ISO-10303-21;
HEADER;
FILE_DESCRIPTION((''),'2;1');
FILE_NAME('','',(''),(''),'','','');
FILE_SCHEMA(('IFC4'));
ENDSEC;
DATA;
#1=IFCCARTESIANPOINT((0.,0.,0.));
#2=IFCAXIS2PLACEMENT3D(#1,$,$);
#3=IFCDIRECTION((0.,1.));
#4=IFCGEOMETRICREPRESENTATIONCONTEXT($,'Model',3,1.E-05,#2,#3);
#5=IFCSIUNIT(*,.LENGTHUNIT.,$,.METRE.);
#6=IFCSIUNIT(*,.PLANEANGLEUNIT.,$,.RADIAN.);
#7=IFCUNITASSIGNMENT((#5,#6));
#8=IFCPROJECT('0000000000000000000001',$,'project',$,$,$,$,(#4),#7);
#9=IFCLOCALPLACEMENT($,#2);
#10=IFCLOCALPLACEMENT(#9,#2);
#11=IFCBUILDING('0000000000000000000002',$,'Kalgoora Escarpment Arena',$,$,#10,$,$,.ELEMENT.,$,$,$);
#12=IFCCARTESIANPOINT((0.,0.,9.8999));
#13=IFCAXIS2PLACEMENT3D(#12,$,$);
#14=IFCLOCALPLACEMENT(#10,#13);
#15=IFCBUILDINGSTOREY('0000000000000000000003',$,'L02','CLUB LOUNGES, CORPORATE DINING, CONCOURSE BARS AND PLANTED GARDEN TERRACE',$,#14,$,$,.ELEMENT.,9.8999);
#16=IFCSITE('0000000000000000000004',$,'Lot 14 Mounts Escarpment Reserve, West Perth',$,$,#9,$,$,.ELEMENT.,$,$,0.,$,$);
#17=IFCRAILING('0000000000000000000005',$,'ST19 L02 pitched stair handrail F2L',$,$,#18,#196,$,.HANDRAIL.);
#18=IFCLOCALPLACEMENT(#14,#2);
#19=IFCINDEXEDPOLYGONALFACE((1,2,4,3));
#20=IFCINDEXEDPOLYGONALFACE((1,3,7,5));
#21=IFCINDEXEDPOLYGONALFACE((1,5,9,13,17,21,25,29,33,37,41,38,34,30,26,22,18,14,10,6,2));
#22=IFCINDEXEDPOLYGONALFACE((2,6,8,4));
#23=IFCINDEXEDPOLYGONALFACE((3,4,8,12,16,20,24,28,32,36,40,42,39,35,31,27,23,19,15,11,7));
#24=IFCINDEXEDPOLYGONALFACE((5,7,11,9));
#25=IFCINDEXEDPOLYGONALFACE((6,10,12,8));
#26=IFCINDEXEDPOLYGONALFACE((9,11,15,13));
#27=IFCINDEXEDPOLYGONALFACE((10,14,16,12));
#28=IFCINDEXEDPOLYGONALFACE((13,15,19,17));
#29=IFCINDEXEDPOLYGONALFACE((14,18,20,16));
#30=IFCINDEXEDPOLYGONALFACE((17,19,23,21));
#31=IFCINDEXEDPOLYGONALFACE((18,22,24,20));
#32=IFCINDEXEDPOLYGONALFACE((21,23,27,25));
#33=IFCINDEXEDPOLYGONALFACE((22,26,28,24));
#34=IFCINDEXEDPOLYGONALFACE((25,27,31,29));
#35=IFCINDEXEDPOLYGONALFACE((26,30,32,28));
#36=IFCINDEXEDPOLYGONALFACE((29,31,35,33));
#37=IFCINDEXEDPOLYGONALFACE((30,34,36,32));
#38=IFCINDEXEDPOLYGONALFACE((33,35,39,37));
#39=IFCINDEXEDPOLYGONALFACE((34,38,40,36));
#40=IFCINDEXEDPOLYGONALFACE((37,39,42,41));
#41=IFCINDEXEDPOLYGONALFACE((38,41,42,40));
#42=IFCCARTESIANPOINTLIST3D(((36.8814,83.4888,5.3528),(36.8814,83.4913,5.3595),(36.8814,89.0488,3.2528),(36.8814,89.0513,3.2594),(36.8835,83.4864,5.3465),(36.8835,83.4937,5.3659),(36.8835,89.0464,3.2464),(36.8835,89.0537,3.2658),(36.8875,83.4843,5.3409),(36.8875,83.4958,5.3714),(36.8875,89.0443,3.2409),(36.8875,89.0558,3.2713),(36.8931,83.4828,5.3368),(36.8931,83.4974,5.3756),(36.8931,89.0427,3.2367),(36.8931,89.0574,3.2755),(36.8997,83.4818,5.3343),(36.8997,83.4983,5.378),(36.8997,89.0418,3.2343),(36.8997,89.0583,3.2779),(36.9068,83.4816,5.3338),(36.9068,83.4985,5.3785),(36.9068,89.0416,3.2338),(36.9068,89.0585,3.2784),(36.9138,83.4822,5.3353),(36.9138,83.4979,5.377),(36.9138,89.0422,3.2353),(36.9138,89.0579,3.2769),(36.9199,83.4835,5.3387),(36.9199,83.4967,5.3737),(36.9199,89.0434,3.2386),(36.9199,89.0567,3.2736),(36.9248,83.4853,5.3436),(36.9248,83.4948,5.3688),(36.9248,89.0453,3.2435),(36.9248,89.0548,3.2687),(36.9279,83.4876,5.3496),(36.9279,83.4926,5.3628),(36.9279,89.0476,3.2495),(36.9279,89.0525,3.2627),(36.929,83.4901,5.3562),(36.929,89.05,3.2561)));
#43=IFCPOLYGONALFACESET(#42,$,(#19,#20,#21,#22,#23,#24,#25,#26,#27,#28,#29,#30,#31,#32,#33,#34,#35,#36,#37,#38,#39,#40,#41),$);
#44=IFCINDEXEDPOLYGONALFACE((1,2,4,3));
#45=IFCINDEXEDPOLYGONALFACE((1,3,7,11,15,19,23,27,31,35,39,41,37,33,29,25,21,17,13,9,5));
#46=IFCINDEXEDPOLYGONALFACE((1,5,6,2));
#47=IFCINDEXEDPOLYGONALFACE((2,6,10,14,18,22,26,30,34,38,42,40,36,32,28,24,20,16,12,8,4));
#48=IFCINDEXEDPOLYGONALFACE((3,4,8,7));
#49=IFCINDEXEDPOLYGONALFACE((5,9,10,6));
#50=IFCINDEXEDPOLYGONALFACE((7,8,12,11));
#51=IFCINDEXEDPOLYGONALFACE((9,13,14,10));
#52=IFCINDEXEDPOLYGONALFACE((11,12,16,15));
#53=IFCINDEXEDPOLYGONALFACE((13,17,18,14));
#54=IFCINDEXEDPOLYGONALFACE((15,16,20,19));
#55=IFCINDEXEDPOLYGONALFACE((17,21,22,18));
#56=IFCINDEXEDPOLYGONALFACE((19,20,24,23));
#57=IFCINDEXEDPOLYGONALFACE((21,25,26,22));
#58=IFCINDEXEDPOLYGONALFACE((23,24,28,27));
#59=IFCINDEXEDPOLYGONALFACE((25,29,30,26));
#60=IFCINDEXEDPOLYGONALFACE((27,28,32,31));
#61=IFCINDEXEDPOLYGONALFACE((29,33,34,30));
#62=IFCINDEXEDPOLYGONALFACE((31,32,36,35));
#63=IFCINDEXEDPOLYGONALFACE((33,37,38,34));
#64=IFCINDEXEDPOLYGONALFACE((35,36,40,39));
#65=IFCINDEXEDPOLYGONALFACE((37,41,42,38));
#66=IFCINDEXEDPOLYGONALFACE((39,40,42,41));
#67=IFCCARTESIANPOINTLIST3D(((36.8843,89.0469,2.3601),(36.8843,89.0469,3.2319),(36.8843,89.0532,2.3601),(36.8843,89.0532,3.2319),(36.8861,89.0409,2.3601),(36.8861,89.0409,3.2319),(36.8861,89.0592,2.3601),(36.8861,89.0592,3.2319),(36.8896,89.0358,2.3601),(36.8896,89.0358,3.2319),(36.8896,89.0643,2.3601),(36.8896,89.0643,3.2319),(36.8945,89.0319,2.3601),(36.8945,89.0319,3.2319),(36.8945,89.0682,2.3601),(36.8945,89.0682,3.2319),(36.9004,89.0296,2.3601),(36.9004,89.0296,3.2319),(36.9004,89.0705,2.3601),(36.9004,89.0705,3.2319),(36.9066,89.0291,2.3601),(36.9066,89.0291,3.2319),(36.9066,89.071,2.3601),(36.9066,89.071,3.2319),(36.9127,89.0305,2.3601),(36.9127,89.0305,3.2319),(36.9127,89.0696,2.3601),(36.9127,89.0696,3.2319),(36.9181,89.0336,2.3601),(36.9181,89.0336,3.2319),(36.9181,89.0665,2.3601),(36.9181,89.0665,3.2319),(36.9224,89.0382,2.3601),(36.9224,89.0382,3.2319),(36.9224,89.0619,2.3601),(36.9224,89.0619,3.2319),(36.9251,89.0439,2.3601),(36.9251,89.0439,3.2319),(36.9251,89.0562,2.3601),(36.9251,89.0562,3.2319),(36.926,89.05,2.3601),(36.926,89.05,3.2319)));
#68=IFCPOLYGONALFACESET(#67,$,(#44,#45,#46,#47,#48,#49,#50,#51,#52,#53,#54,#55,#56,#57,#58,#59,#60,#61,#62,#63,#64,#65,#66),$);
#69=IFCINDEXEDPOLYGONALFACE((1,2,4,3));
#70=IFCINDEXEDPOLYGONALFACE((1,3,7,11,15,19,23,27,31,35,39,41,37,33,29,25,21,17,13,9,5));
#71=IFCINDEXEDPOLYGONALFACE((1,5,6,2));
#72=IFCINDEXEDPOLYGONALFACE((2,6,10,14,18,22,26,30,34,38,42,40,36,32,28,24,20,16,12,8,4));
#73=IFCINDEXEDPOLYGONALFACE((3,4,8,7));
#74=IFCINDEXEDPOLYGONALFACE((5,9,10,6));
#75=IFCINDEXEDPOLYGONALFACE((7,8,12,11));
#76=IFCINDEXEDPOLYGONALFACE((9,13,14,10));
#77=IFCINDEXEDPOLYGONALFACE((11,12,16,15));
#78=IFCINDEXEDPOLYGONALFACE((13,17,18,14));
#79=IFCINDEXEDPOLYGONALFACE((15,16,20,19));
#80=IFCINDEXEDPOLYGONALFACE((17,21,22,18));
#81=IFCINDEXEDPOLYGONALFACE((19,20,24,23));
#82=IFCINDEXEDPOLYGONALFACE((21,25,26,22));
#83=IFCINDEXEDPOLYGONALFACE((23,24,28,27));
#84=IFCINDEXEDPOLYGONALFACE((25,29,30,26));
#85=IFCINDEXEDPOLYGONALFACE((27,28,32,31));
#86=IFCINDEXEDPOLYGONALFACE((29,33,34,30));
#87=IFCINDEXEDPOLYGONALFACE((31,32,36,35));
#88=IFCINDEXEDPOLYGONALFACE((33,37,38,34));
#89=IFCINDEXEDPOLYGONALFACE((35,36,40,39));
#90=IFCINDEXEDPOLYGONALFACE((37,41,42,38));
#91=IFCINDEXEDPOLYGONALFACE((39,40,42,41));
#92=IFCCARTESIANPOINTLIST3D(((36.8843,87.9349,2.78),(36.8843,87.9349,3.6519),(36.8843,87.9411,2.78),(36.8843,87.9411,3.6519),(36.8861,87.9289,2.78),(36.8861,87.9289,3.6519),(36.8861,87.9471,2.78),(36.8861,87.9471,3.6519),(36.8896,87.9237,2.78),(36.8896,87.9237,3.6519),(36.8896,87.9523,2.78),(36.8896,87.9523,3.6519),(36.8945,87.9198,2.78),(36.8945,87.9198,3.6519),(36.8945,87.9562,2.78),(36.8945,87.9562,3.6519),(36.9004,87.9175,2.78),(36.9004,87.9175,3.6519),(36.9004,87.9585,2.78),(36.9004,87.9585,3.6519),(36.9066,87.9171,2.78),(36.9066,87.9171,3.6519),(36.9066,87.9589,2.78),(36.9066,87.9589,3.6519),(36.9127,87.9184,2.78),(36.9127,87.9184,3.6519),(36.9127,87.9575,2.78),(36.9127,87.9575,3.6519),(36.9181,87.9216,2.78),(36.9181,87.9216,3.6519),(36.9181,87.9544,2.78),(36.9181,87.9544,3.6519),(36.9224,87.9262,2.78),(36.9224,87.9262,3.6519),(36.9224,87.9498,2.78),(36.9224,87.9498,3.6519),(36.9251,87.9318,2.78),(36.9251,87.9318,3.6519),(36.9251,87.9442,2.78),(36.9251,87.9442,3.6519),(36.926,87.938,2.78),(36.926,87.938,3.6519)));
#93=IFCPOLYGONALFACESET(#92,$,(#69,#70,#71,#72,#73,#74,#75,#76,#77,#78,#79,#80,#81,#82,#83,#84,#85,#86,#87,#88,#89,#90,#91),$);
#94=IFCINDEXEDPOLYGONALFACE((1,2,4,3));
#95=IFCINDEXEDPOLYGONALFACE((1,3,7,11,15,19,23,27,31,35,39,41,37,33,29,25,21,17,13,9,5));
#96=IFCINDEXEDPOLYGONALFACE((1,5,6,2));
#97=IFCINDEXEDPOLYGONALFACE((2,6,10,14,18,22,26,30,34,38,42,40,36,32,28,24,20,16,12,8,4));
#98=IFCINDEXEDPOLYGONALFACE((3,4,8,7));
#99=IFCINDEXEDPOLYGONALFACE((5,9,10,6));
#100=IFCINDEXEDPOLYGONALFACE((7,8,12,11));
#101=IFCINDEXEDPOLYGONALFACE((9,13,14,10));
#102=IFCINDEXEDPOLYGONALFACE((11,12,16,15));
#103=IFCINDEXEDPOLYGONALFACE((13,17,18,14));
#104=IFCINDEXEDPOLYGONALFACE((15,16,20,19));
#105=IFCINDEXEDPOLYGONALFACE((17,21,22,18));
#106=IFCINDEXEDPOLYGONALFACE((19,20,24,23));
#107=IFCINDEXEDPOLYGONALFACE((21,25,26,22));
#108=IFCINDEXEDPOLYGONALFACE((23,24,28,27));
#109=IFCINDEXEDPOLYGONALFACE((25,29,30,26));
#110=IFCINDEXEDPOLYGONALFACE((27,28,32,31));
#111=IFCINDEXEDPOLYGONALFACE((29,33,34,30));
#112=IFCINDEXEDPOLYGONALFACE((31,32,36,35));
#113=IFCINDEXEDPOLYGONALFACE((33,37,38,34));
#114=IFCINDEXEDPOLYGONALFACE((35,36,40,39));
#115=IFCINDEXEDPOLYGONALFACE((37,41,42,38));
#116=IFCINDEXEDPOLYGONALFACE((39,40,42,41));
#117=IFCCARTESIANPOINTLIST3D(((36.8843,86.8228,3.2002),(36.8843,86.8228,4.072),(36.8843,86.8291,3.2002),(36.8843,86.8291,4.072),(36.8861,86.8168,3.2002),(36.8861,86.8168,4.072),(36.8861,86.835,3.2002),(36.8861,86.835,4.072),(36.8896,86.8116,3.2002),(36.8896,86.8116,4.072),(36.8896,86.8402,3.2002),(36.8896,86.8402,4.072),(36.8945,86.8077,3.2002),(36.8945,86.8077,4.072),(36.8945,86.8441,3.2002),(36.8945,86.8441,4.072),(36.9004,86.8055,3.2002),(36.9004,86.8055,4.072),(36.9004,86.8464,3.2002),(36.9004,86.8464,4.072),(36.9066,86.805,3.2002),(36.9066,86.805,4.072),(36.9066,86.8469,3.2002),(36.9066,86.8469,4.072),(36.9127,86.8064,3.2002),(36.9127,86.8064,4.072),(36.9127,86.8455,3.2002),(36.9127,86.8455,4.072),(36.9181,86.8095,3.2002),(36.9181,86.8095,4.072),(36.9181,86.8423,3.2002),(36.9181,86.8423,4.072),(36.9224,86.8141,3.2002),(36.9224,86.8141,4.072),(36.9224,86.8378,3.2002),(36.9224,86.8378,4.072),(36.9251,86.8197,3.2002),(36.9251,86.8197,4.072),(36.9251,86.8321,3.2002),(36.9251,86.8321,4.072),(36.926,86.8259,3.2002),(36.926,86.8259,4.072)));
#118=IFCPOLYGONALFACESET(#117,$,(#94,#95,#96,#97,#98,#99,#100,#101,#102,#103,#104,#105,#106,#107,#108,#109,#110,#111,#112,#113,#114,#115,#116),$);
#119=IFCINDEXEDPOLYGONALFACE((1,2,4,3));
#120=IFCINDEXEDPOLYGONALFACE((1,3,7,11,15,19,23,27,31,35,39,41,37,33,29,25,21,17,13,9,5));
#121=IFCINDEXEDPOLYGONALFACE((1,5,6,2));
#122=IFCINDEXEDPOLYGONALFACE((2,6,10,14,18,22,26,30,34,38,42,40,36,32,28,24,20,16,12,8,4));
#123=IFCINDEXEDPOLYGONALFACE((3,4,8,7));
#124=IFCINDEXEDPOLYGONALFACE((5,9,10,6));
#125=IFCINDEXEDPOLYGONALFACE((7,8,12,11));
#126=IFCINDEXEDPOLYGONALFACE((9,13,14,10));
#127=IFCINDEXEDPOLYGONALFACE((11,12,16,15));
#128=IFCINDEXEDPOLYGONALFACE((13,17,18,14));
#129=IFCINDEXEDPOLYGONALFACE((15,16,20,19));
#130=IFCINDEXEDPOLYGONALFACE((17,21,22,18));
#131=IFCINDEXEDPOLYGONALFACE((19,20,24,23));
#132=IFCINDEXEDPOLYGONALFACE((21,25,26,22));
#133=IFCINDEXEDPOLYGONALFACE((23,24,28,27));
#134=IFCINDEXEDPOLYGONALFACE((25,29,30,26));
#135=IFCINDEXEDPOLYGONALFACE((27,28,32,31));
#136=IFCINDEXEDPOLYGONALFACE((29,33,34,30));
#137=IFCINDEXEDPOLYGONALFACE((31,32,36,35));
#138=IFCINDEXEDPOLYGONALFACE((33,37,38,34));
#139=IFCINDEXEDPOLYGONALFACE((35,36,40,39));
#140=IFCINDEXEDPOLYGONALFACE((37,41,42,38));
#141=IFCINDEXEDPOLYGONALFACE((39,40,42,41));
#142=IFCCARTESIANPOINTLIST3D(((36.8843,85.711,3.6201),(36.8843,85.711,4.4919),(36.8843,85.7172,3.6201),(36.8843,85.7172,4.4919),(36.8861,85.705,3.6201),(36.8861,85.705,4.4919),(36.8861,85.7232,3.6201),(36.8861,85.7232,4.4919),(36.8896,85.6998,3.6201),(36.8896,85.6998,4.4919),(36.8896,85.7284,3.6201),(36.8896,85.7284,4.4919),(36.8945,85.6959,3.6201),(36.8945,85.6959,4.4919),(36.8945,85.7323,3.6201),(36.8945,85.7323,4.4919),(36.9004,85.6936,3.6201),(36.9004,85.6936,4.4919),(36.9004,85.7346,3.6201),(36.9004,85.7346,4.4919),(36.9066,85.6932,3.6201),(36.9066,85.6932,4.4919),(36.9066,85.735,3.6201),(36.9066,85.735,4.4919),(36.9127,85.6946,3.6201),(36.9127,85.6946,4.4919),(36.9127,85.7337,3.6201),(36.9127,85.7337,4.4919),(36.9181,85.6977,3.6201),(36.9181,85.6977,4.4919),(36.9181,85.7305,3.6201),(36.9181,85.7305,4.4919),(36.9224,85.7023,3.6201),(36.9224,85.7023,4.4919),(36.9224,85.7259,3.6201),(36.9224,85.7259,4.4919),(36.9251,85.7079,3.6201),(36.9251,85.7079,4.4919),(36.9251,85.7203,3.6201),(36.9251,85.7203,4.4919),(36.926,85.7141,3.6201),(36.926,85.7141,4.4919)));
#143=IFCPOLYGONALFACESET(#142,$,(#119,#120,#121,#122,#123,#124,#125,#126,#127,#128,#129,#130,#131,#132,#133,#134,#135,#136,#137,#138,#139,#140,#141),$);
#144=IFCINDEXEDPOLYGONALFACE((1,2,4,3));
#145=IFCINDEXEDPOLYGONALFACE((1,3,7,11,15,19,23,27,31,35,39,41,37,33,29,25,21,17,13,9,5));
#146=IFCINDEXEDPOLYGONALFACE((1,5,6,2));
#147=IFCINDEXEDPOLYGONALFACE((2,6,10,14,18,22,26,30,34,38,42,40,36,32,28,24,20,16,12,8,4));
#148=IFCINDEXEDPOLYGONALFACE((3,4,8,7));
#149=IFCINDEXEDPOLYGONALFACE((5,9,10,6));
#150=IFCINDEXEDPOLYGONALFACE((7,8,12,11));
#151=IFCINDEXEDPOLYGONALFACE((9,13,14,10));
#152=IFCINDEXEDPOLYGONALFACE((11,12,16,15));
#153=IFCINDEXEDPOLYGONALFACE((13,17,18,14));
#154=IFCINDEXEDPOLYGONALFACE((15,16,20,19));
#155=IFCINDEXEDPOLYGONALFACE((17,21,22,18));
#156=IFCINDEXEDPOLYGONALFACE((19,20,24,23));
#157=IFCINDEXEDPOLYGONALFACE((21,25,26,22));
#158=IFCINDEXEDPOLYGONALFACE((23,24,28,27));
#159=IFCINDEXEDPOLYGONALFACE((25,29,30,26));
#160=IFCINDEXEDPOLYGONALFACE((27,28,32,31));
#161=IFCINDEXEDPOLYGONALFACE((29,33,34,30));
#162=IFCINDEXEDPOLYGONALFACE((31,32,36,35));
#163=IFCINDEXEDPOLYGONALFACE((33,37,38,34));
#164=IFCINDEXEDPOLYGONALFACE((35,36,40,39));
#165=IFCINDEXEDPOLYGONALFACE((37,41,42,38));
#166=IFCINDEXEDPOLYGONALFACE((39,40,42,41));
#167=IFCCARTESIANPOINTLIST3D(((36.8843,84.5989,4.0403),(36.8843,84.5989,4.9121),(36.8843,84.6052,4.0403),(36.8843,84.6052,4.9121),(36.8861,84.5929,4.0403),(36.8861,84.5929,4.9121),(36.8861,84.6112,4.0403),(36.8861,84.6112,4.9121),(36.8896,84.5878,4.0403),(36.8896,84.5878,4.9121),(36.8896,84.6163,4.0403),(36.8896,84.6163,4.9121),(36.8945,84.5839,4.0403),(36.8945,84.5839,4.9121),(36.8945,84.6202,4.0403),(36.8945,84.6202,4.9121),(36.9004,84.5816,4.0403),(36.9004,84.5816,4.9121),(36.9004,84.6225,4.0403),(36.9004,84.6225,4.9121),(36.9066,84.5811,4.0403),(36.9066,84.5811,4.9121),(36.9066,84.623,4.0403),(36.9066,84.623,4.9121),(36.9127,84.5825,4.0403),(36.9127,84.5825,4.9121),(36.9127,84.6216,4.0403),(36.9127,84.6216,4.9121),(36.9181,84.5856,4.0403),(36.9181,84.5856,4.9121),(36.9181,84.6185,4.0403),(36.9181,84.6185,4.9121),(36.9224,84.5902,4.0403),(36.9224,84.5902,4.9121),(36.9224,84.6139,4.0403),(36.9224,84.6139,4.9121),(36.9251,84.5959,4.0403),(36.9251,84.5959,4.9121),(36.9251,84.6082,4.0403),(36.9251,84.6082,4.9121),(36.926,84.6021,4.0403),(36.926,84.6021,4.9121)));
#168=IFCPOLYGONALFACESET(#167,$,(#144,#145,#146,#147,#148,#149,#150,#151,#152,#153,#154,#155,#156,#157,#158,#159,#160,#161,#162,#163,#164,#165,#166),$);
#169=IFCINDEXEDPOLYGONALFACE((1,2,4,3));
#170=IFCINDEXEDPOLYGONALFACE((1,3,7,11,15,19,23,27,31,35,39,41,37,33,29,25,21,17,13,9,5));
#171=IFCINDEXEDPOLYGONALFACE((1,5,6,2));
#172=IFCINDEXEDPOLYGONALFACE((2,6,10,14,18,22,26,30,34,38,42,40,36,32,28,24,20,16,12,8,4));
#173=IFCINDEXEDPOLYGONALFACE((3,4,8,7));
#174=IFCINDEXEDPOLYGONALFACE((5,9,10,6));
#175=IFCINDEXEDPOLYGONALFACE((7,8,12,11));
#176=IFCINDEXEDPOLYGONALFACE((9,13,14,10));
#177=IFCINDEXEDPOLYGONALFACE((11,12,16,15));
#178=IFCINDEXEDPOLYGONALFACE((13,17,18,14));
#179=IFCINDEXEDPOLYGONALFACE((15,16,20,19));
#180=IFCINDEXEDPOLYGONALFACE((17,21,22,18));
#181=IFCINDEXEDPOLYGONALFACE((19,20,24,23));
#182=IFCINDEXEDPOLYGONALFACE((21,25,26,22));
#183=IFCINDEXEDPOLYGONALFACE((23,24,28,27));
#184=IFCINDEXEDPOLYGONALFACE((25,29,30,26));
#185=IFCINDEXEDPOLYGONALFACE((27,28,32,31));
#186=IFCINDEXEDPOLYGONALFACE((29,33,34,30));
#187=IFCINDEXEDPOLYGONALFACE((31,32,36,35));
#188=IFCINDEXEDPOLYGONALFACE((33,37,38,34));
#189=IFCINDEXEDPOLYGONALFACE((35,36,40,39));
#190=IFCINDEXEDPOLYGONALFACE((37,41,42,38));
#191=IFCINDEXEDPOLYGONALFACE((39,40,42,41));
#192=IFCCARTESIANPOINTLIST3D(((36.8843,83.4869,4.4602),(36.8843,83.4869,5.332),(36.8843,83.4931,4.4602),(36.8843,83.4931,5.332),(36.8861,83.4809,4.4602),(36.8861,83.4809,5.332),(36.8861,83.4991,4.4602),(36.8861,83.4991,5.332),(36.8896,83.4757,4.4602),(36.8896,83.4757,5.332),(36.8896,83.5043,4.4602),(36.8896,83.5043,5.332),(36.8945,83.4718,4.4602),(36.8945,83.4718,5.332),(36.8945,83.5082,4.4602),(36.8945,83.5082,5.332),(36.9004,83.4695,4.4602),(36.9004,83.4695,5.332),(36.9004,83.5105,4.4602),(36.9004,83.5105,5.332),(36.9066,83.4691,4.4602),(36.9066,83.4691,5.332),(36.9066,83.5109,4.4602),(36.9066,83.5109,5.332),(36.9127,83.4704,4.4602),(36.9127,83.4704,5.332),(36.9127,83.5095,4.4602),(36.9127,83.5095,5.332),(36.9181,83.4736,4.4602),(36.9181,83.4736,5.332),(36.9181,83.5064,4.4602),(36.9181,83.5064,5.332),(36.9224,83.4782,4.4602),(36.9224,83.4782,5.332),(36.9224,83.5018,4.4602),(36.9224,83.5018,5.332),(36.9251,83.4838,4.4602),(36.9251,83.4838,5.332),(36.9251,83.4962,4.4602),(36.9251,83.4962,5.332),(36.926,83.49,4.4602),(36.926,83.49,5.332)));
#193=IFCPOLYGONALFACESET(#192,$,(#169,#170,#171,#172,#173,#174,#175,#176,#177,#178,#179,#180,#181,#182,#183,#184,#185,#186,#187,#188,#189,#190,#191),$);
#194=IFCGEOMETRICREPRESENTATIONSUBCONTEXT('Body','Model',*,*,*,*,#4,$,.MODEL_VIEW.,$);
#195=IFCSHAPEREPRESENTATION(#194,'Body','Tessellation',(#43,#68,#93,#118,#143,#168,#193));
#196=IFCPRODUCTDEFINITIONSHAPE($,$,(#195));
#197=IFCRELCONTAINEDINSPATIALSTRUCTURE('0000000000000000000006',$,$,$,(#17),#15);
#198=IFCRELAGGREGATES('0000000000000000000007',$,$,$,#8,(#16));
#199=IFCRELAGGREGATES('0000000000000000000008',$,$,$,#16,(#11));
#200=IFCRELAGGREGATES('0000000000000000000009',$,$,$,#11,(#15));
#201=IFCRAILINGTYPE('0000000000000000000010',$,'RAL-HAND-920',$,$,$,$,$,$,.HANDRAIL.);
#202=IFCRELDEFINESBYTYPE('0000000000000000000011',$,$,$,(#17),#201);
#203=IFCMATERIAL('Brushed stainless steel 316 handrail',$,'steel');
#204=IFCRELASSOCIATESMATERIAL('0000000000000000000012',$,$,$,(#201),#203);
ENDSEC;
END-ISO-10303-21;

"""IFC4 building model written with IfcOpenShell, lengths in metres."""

from ifc_helpers import new_model, si_unit, direction, frame, origin, origin_2d, place, context, subcontext, project, spatial, circle, extrude, material, type_object, element, save


model = new_model("IFC4")

# Units and contexts
model_context = context("Model", 3, precision=1e-05, world=origin(), true_north=direction((0.0, 1.0)))
body_context = subcontext(model_context, "Body", "Model", "MODEL_VIEW")
ifc_project = project(units=[si_unit("LENGTHUNIT", "METRE"), si_unit("PLANEANGLEUNIT", "RADIAN")], contexts=[model_context])

# Site, building, storey
site_placement = place(None, origin())
site = spatial("IfcSite", under=ifc_project, at=site_placement, Name="Lot 14 Mounts Escarpment Reserve, West Perth", CompositionType="ELEMENT", RefElevation=0.0)
building_placement = place(site_placement, origin())
building = spatial("IfcBuilding", under=site, at=building_placement, Name="Kalgoora Escarpment Arena", CompositionType="ELEMENT")
storey_placement = place(building_placement, frame((0.0, 0.0, 9.8999)))
storey = spatial("IfcBuildingStorey", under=building, at=storey_placement, Name="L02", Description="CLUB LOUNGES, CORPORATE DINING, CONCOURSE BARS AND PLANTED GARDEN TERRACE", CompositionType="ELEMENT", Elevation=9.8999)

# Railing
ifc_material_1 = material(Name="Brushed stainless steel 316 handrail", Category="steel")
railing_type_1 = type_object("IfcRailingType", Name="RAL-HAND-920", PredefinedType="HANDRAIL", material=ifc_material_1)
railing_1_placement = place(storey_placement, frame((36.905, 89.05, 2.3601)))
element("IfcRailing", 1, at=railing_1_placement, inside=storey, type_object=railing_type_1, Name="ST19 L02 pitched stair handrail F2L", PredefinedType="HANDRAIL", context=body_context, shape_type="SweptSolid", body=[
    extrude(circle(Radius=0.0239, at=origin_2d()), frame((0.0, 0.0, 0.896), z_axis=(0.0, -0.935493, 0.353346), x_axis=(1.0, 0.0, 0.0)), (0.0, 0.0, 1.0), 5.9434),
    extrude(circle(Radius=0.021, at=origin_2d()), origin(), (0.0, 0.0, 1.0), 0.8718),
    extrude(circle(Radius=0.021, at=origin_2d()), frame((0.0, -1.1121, 0.4199)), (0.0, 0.0, 1.0), 0.8718),
    extrude(circle(Radius=0.021, at=origin_2d()), frame((0.0, -2.2241, 0.8401)), (0.0, 0.0, 1.0), 0.8718),
    extrude(circle(Radius=0.021, at=origin_2d()), frame((0.0, -3.3359, 1.26)), (0.0, 0.0, 1.0), 0.8718),
    extrude(circle(Radius=0.021, at=origin_2d()), frame((0.0, -4.448, 1.6802)), (0.0, 0.0, 1.0), 0.8718),
    extrude(circle(Radius=0.021, at=origin_2d()), frame((0.0, -5.5601, 2.1001)), (0.0, 0.0, 1.0), 0.8718),
])

save(model, "model.ifc")
